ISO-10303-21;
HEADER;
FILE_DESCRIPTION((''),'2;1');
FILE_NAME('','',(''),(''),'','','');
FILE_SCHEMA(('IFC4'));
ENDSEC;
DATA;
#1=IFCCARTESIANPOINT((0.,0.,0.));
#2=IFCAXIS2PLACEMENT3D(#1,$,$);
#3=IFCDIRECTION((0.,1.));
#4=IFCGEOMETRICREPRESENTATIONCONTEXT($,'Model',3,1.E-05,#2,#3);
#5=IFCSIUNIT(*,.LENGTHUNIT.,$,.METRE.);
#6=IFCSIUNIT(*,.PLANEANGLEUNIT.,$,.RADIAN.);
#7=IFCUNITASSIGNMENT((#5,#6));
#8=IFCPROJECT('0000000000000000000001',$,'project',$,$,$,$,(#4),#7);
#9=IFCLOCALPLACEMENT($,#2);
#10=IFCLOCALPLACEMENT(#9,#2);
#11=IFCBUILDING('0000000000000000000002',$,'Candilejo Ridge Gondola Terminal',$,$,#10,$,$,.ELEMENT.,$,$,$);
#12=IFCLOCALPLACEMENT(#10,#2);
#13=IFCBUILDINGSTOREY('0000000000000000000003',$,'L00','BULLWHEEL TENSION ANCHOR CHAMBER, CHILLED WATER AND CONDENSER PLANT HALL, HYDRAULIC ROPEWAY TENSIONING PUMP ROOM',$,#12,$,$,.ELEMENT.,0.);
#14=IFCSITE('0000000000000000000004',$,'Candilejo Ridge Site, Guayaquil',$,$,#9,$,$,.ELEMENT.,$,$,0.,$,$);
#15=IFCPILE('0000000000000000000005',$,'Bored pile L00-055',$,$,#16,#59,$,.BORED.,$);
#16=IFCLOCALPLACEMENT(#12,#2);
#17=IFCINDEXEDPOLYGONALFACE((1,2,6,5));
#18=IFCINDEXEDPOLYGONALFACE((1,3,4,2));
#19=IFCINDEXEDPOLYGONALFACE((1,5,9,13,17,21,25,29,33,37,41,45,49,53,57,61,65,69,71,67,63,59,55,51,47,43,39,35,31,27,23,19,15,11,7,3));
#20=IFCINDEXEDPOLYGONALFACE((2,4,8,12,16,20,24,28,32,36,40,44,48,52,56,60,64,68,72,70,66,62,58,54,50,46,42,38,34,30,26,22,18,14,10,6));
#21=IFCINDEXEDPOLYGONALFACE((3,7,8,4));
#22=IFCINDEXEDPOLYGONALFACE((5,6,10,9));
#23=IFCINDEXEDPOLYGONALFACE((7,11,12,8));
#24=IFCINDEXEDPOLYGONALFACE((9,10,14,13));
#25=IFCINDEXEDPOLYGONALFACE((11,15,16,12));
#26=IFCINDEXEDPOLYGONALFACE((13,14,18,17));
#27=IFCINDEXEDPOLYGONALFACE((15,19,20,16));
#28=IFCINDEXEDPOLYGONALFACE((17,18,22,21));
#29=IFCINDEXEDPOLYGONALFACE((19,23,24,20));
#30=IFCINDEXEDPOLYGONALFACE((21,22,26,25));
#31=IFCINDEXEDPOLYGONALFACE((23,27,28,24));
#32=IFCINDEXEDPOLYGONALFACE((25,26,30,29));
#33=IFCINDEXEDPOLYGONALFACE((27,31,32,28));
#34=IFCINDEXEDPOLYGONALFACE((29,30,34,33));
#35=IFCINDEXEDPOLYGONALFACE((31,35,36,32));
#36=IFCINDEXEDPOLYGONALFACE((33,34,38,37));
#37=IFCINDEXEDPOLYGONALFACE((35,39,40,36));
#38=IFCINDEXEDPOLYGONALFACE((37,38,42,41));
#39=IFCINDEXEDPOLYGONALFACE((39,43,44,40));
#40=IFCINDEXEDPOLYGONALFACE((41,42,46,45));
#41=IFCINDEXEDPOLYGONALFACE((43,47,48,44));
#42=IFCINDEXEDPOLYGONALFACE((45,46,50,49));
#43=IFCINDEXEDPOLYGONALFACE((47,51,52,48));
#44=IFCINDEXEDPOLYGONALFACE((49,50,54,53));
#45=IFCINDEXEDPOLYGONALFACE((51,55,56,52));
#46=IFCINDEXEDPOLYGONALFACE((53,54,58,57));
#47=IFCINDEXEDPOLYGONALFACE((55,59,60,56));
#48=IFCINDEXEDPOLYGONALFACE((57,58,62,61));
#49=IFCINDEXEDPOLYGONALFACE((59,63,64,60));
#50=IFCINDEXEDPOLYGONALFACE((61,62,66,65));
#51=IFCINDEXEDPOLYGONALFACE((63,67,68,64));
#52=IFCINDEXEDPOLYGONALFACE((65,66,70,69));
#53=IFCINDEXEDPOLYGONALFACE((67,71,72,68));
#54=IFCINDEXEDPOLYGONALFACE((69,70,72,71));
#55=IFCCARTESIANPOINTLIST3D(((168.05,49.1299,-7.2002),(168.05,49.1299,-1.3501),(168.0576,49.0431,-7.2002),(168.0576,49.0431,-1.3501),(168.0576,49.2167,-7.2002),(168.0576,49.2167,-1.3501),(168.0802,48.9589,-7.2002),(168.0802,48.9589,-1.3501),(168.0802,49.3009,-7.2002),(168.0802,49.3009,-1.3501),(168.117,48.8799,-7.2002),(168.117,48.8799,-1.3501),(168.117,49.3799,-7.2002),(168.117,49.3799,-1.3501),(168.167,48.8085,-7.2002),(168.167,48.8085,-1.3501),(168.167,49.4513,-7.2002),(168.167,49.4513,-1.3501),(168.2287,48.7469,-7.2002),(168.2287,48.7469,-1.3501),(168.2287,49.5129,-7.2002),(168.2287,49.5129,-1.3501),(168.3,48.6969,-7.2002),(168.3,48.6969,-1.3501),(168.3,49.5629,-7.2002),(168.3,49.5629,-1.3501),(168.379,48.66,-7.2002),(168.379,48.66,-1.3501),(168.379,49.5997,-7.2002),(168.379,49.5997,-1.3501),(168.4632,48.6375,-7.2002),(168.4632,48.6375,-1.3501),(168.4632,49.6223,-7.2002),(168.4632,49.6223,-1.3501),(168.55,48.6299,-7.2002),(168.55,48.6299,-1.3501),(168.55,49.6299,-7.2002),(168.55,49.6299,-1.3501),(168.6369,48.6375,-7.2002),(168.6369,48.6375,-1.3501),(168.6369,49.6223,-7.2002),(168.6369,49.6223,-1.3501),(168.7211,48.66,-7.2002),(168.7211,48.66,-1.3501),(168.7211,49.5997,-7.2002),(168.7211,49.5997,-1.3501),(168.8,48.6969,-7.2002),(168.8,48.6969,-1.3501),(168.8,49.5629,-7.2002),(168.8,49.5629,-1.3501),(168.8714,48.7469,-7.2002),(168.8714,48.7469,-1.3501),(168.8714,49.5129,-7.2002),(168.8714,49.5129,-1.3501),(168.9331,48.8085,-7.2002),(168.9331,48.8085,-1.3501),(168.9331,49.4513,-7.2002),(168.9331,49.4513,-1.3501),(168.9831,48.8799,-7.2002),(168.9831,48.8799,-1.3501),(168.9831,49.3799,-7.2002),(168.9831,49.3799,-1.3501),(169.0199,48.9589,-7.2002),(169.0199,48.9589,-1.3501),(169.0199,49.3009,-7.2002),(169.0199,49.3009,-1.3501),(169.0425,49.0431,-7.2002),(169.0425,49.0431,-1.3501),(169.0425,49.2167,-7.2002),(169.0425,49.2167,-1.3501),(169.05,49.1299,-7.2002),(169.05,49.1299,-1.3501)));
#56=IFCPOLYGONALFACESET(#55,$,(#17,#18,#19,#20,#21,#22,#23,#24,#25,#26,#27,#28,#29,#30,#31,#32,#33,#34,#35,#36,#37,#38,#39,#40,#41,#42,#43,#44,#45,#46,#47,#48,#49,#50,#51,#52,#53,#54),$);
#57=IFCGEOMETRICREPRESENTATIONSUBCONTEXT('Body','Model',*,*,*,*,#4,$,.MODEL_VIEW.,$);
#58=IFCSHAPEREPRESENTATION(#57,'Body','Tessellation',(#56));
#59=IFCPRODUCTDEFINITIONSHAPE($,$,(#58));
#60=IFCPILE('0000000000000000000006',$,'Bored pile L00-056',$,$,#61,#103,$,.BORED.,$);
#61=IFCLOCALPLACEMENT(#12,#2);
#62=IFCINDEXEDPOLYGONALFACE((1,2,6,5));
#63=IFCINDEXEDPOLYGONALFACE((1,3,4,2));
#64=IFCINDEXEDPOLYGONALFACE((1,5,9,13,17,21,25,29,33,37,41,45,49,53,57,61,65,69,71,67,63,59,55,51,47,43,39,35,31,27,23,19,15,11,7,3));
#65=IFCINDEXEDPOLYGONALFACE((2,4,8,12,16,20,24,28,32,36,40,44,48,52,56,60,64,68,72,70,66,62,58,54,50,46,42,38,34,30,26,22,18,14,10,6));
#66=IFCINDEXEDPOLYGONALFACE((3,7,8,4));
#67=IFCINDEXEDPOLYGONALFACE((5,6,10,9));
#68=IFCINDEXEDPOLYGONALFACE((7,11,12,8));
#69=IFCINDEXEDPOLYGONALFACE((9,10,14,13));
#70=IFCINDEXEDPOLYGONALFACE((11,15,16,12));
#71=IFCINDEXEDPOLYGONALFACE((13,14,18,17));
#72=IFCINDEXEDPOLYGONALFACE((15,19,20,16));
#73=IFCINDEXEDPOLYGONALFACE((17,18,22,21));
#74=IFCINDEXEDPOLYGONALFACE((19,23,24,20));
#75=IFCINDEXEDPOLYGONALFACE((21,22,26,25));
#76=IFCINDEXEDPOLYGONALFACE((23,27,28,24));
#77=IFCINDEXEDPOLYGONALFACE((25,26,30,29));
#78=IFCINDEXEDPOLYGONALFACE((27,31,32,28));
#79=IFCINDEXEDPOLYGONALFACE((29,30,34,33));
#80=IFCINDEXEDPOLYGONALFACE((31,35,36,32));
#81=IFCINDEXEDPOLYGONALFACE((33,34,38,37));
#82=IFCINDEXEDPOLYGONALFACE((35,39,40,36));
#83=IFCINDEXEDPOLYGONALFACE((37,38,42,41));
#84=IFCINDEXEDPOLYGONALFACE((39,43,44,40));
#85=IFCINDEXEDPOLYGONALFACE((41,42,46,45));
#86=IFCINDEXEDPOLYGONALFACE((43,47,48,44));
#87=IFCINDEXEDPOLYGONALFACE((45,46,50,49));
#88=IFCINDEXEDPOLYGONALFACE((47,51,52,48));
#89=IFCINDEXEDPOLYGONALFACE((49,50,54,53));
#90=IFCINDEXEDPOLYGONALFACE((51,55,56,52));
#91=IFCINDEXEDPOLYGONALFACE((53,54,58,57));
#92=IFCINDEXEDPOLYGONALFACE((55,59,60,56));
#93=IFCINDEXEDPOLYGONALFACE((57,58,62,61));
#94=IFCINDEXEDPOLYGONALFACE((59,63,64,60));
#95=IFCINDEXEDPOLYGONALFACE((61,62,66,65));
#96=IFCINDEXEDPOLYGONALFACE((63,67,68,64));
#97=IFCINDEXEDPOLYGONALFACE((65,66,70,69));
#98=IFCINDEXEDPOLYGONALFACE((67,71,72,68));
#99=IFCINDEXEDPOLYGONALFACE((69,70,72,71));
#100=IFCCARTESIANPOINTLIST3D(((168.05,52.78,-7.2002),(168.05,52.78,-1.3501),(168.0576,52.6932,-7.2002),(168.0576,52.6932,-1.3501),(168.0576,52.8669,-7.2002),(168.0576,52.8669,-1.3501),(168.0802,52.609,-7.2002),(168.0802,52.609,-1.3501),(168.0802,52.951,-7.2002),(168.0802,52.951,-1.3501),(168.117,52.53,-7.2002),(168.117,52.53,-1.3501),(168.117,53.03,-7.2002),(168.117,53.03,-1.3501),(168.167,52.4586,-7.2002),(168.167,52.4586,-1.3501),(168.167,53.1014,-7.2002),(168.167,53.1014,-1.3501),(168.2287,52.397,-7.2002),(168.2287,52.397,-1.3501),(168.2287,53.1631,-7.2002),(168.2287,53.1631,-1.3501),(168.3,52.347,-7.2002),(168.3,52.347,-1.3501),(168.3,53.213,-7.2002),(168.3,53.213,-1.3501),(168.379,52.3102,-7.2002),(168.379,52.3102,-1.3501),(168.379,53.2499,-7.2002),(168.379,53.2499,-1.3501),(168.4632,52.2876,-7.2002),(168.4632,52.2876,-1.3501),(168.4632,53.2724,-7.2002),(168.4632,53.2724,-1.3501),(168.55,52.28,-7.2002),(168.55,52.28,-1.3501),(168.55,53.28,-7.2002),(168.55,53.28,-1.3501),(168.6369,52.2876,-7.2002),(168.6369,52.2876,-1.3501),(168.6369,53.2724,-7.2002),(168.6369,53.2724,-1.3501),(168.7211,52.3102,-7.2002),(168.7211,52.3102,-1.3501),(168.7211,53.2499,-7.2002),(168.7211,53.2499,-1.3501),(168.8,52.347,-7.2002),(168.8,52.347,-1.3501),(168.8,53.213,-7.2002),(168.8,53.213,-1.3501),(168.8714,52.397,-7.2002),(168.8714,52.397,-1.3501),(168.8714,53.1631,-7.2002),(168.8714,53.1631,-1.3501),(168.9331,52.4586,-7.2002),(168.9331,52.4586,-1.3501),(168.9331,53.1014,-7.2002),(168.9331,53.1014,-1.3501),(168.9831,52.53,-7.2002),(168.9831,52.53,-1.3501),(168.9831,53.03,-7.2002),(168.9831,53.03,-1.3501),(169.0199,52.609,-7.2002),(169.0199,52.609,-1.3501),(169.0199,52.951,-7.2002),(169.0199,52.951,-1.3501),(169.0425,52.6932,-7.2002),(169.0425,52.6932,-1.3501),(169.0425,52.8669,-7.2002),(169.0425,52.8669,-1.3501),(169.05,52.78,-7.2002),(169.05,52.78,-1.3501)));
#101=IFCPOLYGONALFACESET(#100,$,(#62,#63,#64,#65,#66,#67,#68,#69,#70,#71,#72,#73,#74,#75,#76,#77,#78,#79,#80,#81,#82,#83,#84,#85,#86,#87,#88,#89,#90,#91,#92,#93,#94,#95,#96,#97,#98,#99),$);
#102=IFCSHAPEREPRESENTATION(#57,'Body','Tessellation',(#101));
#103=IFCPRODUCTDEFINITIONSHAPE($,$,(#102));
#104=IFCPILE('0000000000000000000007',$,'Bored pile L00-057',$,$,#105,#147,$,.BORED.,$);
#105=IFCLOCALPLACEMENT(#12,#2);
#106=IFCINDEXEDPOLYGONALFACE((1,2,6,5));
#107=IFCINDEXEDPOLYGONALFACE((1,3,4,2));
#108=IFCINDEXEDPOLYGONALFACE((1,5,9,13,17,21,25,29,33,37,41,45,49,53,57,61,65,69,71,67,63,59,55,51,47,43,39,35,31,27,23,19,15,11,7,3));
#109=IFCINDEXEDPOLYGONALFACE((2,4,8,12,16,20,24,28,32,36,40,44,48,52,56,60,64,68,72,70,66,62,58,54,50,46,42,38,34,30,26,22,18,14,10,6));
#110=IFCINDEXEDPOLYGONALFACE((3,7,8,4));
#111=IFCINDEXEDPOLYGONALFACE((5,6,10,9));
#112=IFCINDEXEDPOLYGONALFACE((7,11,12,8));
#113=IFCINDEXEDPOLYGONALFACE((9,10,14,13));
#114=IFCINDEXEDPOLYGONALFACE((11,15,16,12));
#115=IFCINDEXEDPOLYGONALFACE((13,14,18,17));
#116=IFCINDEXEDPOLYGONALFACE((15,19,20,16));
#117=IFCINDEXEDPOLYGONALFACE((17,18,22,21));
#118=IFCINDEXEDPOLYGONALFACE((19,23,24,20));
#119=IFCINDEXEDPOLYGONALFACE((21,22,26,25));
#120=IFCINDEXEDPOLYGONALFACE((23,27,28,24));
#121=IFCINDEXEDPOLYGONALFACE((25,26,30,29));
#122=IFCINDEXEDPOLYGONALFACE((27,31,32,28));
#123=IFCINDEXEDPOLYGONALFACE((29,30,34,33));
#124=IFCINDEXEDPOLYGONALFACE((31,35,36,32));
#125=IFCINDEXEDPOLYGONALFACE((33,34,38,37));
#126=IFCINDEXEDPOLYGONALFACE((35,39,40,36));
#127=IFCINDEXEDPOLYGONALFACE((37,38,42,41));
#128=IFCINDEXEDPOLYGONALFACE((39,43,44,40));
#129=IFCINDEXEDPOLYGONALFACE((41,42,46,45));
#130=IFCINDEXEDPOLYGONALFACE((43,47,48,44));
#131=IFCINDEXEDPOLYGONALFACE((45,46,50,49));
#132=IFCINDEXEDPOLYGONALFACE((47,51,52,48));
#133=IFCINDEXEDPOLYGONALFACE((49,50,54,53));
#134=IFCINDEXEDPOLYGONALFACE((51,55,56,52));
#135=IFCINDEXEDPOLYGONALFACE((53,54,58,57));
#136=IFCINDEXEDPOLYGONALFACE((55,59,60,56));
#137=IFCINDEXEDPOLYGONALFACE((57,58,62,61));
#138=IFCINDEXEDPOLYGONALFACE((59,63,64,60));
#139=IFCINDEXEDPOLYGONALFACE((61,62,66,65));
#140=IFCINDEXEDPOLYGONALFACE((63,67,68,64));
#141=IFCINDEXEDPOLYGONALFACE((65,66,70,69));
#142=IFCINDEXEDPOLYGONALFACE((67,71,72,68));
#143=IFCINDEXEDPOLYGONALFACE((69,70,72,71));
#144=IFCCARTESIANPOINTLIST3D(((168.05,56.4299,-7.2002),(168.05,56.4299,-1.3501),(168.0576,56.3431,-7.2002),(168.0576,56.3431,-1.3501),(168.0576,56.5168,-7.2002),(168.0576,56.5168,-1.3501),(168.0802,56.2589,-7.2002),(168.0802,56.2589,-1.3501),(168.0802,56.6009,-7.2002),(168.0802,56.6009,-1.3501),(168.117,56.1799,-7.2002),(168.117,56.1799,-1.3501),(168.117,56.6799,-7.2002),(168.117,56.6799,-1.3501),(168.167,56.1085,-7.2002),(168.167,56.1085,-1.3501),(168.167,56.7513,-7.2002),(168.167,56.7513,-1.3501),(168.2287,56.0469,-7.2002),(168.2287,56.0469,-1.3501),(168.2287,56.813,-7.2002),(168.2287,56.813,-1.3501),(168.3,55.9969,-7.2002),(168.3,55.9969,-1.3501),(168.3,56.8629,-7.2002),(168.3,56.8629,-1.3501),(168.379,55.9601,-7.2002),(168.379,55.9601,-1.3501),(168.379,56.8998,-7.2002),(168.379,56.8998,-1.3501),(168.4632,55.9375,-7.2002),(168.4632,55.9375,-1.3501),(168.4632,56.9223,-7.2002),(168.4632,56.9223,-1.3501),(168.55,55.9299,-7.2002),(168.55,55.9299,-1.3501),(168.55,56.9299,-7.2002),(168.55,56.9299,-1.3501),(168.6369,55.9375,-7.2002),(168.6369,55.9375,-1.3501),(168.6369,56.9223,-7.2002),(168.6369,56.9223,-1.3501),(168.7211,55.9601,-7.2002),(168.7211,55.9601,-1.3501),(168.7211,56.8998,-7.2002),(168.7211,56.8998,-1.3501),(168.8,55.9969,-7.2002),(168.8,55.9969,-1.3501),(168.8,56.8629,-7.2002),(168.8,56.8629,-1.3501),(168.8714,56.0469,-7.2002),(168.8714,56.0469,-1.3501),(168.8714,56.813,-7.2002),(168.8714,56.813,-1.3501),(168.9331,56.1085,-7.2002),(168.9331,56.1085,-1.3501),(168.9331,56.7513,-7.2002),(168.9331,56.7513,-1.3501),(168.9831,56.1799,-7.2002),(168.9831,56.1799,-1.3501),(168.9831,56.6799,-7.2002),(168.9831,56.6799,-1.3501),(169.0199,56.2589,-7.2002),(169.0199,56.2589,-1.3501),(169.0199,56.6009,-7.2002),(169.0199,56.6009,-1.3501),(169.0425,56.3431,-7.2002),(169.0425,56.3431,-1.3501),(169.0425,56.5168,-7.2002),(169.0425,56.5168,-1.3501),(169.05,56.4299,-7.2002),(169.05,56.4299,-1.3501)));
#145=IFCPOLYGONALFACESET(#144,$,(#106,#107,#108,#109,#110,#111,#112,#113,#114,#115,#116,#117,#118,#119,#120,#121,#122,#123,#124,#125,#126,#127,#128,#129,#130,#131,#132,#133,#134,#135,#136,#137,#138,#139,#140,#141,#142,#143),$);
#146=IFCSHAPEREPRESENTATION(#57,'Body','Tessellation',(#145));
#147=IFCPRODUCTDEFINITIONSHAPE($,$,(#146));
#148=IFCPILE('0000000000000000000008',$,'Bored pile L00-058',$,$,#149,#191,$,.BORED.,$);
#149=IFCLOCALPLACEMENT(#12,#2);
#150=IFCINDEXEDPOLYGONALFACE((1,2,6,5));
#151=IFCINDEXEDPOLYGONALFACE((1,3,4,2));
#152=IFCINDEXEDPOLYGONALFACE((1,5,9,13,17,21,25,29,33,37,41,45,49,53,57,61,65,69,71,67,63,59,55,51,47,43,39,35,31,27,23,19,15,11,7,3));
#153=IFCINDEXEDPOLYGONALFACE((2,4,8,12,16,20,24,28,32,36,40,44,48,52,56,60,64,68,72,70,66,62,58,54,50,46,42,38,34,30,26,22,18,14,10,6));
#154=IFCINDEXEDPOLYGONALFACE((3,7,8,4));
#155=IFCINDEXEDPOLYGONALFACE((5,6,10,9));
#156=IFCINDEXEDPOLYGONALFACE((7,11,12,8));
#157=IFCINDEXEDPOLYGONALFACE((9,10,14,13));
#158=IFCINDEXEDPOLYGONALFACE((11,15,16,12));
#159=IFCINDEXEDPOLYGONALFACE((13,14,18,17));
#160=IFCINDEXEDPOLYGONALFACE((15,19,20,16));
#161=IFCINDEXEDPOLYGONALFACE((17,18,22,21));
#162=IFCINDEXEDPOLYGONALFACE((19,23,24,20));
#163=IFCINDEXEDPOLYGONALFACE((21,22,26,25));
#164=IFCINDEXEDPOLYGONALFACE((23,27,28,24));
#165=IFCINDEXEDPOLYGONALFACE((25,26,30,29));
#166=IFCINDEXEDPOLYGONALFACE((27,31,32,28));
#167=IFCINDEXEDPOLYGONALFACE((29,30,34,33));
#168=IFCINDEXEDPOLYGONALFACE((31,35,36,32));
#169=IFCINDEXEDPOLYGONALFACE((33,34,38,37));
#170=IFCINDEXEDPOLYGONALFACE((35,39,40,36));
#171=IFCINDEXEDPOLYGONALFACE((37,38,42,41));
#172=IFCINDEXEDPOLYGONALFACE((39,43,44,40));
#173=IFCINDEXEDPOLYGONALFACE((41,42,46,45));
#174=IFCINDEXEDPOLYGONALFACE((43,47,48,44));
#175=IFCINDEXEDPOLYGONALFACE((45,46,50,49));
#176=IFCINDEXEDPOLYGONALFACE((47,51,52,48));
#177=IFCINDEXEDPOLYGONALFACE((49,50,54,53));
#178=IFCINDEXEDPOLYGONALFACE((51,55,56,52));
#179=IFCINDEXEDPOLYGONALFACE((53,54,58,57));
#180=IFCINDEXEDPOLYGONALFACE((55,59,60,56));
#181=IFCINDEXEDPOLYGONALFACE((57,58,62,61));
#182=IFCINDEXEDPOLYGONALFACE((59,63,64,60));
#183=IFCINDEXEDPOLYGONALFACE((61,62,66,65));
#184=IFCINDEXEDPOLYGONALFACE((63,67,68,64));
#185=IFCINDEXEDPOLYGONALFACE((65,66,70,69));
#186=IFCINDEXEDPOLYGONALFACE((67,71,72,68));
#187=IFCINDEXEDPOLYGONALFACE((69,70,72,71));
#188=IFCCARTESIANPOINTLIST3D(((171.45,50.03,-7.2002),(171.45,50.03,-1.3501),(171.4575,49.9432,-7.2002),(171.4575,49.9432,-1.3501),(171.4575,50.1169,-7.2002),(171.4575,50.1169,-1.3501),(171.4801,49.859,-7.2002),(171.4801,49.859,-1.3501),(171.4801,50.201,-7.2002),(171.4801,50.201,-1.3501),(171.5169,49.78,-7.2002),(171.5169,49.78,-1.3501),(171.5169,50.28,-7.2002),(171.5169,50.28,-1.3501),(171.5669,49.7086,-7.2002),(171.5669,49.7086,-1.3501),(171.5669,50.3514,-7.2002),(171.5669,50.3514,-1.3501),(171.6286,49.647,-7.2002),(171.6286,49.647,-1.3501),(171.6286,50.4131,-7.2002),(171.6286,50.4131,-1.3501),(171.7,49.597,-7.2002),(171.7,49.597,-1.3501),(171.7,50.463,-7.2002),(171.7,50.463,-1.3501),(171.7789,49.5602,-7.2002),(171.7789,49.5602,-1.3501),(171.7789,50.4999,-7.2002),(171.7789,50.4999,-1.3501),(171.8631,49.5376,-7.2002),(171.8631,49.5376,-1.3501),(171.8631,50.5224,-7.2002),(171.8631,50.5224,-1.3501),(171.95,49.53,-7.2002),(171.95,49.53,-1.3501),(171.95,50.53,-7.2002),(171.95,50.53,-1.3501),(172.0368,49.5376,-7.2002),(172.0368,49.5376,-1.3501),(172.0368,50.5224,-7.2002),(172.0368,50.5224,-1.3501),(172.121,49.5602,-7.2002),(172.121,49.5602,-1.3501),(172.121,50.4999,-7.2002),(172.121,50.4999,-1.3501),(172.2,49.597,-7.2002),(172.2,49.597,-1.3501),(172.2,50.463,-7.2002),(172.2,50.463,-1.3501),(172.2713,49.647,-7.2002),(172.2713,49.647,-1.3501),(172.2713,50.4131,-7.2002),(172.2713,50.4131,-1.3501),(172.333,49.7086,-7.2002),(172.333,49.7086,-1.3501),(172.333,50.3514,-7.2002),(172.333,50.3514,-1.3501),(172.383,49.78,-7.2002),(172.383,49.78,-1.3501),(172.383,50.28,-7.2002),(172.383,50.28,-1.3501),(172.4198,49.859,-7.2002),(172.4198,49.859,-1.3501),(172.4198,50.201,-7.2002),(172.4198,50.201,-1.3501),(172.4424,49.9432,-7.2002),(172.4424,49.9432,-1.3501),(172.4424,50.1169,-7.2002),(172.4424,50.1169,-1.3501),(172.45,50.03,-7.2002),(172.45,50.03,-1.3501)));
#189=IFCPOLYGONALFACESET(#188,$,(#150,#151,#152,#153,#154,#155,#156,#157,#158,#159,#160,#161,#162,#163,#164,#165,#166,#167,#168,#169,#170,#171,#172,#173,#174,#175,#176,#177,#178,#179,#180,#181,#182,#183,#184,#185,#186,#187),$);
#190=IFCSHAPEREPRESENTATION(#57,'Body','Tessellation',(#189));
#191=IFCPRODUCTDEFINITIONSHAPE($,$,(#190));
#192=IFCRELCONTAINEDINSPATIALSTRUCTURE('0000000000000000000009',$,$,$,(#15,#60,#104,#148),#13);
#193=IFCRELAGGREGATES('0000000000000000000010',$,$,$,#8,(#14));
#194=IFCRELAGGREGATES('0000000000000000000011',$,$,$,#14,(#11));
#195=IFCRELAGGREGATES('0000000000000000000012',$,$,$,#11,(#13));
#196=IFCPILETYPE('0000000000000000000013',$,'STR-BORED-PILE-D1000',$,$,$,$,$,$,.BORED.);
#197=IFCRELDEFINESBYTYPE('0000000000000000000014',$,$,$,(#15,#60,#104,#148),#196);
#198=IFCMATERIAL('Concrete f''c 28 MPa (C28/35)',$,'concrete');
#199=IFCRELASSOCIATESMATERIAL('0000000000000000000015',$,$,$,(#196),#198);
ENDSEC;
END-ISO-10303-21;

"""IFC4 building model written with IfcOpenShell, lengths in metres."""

from ifc_helpers import new_model, si_unit, direction, frame, origin, origin_2d, place, context, subcontext, project, spatial, circle, extrude, material, material_profile, profile_set, type_object, element, save


model = new_model("IFC4")

# Units and contexts
model_context = context("Model", 3, precision=1e-05, world=origin(), true_north=direction((0.0, 1.0)))
body_context = subcontext(model_context, "Body", "Model", "MODEL_VIEW")
ifc_project = project(units=[si_unit("LENGTHUNIT", "METRE"), si_unit("PLANEANGLEUNIT", "RADIAN")], contexts=[model_context])

# Site, building, storey
site_placement = place(None, origin())
site = spatial("IfcSite", under=ifc_project, at=site_placement, Name="Candilejo Ridge Site, Guayaquil", CompositionType="ELEMENT", RefElevation=0.0)
building_placement = place(site_placement, origin())
building = spatial("IfcBuilding", under=site, at=building_placement, Name="Candilejo Ridge Gondola Terminal", CompositionType="ELEMENT")
storey_placement = place(building_placement, origin())
storey = spatial("IfcBuildingStorey", under=building, at=storey_placement, Name="L00", Description="BULLWHEEL TENSION ANCHOR CHAMBER, CHILLED WATER AND CONDENSER PLANT HALL, HYDRAULIC ROPEWAY TENSIONING PUMP ROOM", CompositionType="ELEMENT", Elevation=0.0)

# Piles
ifc_material_1 = material(Name="Concrete f'c 28 MPa (C28/35)", Category="concrete")
ifc_material_profile_1 = material_profile(ifc_material_1, circle(Radius=0.5, at=origin_2d()))
ifc_profile_set_1 = profile_set([ifc_material_profile_1], Name="Concrete f'c 28 MPa (C28/35)")
pile_type = type_object("IfcPileType", Name="STR-BORED-PILE-D1000", PredefinedType="BORED", material=ifc_profile_set_1)
for number, where, z_axis, x_axis, name in (
    (1, (168.55, 49.1299, -1.3501), (0.0, 0.0, -1.0), (1.0, 0.0, 0.0), "Bored pile L00-055"),
    (2, (168.55, 52.78, -1.3501), (0.0, 0.0, -1.0), (1.0, 0.0, 0.0), "Bored pile L00-056"),
    (3, (168.55, 56.4299, -1.3501), (0.0, 0.0, -1.0), (1.0, 0.0, 0.0), "Bored pile L00-057"),
    (4, (171.95, 50.03, -1.3501), (0.0, 0.0, -1.0), (1.0, 0.0, 0.0), "Bored pile L00-058"),
):
    element("IfcPile", number, at=place(storey_placement, frame(where, z_axis=z_axis, x_axis=x_axis)), inside=storey, type_object=pile_type, Name=name, PredefinedType="BORED", context=body_context, shape_type="SweptSolid", body=[
        extrude(circle(Radius=0.5, at=origin_2d()), origin(), (0.0, 0.0, 1.0), 5.8501),
    ])

save(model, "model.ifc")
